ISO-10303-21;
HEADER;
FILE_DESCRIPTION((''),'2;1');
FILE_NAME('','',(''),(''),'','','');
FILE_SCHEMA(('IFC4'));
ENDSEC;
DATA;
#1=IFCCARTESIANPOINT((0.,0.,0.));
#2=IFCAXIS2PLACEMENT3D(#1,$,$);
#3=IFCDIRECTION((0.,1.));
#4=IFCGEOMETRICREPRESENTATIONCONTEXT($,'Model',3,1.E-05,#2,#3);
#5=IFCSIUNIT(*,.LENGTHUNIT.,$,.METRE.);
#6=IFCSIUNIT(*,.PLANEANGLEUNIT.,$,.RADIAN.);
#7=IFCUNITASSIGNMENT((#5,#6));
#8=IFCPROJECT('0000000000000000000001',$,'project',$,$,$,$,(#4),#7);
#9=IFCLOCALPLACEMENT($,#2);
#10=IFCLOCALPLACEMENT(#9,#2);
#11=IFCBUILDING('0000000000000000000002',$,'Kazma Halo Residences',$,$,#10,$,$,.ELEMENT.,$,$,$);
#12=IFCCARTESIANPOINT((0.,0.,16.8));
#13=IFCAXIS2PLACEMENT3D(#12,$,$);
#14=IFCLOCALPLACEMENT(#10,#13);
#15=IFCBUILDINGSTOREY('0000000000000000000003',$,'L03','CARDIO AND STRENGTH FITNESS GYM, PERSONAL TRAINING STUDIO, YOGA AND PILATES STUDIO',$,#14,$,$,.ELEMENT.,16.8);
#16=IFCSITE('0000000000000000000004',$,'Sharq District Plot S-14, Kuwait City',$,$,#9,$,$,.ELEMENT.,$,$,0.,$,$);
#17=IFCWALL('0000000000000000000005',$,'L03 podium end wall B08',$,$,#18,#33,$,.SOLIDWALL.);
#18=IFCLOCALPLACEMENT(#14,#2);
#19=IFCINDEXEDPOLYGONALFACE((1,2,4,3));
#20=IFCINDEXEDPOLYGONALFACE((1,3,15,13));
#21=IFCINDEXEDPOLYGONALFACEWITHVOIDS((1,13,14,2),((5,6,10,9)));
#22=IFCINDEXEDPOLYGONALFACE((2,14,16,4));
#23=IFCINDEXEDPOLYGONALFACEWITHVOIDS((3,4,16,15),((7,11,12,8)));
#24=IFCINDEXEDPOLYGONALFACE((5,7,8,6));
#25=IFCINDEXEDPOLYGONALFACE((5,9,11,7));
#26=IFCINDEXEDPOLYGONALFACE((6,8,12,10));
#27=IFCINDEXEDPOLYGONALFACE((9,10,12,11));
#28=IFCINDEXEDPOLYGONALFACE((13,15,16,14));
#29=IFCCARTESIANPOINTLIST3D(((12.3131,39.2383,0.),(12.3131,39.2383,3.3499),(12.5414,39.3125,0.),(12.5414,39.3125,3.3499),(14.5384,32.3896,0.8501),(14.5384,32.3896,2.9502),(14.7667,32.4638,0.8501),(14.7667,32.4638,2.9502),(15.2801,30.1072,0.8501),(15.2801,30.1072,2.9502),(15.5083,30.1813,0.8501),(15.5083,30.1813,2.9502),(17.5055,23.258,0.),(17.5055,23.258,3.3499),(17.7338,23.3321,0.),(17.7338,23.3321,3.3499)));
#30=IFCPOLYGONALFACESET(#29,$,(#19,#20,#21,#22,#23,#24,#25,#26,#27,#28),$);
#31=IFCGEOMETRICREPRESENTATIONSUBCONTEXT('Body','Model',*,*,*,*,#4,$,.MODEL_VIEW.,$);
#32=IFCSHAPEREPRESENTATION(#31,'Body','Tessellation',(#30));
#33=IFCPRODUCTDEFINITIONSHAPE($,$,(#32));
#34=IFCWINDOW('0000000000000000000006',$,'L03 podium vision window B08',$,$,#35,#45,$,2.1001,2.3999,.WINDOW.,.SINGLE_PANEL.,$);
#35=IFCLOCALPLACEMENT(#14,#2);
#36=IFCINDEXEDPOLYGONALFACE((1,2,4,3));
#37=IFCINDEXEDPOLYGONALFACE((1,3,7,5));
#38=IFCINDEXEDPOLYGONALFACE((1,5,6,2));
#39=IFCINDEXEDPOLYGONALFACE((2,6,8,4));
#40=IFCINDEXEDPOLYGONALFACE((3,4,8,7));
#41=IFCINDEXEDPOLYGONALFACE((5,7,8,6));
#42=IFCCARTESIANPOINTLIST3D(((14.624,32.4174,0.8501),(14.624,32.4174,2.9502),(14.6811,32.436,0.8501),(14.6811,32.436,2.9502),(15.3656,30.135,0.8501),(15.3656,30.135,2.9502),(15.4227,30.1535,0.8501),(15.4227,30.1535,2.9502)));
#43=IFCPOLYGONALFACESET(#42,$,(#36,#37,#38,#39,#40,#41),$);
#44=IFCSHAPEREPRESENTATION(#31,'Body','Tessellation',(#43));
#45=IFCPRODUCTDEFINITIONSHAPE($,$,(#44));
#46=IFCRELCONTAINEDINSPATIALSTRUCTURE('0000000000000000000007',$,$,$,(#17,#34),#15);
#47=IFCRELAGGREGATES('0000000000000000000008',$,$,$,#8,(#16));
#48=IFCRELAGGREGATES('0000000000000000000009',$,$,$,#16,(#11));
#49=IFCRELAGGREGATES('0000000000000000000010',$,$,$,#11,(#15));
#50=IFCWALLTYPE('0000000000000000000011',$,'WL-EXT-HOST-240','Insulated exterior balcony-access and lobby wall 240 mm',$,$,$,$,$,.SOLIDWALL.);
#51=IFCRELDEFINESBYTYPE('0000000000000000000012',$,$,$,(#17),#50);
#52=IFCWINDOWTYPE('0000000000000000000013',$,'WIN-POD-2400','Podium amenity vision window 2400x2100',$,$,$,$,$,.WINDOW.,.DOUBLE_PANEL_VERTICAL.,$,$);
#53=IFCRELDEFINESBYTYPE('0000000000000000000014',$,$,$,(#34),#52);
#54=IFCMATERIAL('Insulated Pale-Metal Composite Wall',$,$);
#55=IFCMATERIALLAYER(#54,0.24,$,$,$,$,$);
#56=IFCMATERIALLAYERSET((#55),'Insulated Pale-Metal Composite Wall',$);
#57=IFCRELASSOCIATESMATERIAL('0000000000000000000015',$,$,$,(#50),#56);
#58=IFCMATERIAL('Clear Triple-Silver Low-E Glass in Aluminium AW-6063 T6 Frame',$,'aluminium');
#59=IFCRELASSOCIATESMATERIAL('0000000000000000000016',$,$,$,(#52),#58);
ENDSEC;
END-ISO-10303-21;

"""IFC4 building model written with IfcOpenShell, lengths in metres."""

from ifc_helpers import new_model, si_unit, direction, frame, frame_2d, origin, place, context, subcontext, project, spatial, rectangle, extrude, material, layer, layer_set, type_object, element, fill, save


model = new_model("IFC4")

# Units and contexts
model_context = context("Model", 3, precision=1e-05, world=origin(), true_north=direction((0.0, 1.0)))
body_context = subcontext(model_context, "Body", "Model", "MODEL_VIEW")
ifc_project = project(units=[si_unit("LENGTHUNIT", "METRE"), si_unit("PLANEANGLEUNIT", "RADIAN")], contexts=[model_context])

# Site, building, storey
site_placement = place(None, origin())
site = spatial("IfcSite", under=ifc_project, at=site_placement, Name="Sharq District Plot S-14, Kuwait City", CompositionType="ELEMENT", RefElevation=0.0)
building_placement = place(site_placement, origin())
building = spatial("IfcBuilding", under=site, at=building_placement, Name="Kazma Halo Residences", CompositionType="ELEMENT")
storey_placement = place(building_placement, frame((0.0, 0.0, 16.8)))
storey = spatial("IfcBuildingStorey", under=building, at=storey_placement, Name="L03", Description="CARDIO AND STRENGTH FITNESS GYM, PERSONAL TRAINING STUDIO, YOGA AND PILATES STUDIO", CompositionType="ELEMENT", Elevation=16.8)

# Wall, opening, window
ifc_material_1 = material(Name="Insulated Pale-Metal Composite Wall")
ifc_layer_1 = layer(ifc_material_1, 0.24)
ifc_layer_set_1 = layer_set([ifc_layer_1], Name="Insulated Pale-Metal Composite Wall")
wall_type_1 = type_object("IfcWallType", Name="WL-EXT-HOST-240", Description="Insulated exterior balcony-access and lobby wall 240 mm", PredefinedType="SOLIDWALL", material=ifc_layer_set_1)
wall_1_placement = place(storey_placement, frame((12.4272, 39.2754, 0.0), z_axis=(0.0, 0.0, 1.0), x_axis=(0.309022, -0.951055, 0.0)))
wall_1 = element("IfcWall", 1, at=wall_1_placement, inside=storey, type_object=wall_type_1, Name="L03 podium end wall B08", PredefinedType="SOLIDWALL", context=body_context, shape_type="SweptSolid", body=[
    extrude(rectangle(XDim=16.8027, YDim=0.24, at=frame_2d((8.4014, 0.0))), origin(), (0.0, 0.0, 1.0), 3.3499),
])
opening_1_placement = place(wall_1_placement, frame((7.2012, 0.0, 0.8501)))
opening_1 = element("IfcOpeningElement", 2, at=opening_1_placement, cuts=wall_1, PredefinedType="OPENING", context=body_context, shape_type="SweptSolid", body=[
    extrude(rectangle(XDim=2.3999, YDim=2.1001, at=frame_2d((1.2, 1.05))), frame((0.0, 0.1299, 0.0), z_axis=(0.0, -1.0, 0.0), x_axis=(1.0, 0.0, 0.0)), (0.0, 0.0, 1.0), 0.26),
])
ifc_material_2 = material(Name="Clear Triple-Silver Low-E Glass in Aluminium AW-6063 T6 Frame", Category="aluminium")
window_type = type_object("IfcWindowType", Name="WIN-POD-2400", Description="Podium amenity vision window 2400x2100", PartitioningType="DOUBLE_PANEL_VERTICAL", PredefinedType="WINDOW", material=ifc_material_2)
window_placement = place(opening_1_placement, origin())
window = element("IfcWindow", 3, at=window_placement, inside=storey, type_object=window_type, Name="L03 podium vision window B08", OverallHeight=2.1001, OverallWidth=2.3999, PartitioningType="SINGLE_PANEL", PredefinedType="WINDOW", context=body_context, shape_type="SweptSolid", body=[
    extrude(rectangle(XDim=2.3999, YDim=2.1001, at=frame_2d((1.2, 1.05))), frame((0.0, 0.03, 0.0), z_axis=(0.0, -1.0, 0.0), x_axis=(1.0, 0.0, 0.0)), (0.0, 0.0, 1.0), 0.0601),
])
fill(opening_1, window)

save(model, "model.ifc")
